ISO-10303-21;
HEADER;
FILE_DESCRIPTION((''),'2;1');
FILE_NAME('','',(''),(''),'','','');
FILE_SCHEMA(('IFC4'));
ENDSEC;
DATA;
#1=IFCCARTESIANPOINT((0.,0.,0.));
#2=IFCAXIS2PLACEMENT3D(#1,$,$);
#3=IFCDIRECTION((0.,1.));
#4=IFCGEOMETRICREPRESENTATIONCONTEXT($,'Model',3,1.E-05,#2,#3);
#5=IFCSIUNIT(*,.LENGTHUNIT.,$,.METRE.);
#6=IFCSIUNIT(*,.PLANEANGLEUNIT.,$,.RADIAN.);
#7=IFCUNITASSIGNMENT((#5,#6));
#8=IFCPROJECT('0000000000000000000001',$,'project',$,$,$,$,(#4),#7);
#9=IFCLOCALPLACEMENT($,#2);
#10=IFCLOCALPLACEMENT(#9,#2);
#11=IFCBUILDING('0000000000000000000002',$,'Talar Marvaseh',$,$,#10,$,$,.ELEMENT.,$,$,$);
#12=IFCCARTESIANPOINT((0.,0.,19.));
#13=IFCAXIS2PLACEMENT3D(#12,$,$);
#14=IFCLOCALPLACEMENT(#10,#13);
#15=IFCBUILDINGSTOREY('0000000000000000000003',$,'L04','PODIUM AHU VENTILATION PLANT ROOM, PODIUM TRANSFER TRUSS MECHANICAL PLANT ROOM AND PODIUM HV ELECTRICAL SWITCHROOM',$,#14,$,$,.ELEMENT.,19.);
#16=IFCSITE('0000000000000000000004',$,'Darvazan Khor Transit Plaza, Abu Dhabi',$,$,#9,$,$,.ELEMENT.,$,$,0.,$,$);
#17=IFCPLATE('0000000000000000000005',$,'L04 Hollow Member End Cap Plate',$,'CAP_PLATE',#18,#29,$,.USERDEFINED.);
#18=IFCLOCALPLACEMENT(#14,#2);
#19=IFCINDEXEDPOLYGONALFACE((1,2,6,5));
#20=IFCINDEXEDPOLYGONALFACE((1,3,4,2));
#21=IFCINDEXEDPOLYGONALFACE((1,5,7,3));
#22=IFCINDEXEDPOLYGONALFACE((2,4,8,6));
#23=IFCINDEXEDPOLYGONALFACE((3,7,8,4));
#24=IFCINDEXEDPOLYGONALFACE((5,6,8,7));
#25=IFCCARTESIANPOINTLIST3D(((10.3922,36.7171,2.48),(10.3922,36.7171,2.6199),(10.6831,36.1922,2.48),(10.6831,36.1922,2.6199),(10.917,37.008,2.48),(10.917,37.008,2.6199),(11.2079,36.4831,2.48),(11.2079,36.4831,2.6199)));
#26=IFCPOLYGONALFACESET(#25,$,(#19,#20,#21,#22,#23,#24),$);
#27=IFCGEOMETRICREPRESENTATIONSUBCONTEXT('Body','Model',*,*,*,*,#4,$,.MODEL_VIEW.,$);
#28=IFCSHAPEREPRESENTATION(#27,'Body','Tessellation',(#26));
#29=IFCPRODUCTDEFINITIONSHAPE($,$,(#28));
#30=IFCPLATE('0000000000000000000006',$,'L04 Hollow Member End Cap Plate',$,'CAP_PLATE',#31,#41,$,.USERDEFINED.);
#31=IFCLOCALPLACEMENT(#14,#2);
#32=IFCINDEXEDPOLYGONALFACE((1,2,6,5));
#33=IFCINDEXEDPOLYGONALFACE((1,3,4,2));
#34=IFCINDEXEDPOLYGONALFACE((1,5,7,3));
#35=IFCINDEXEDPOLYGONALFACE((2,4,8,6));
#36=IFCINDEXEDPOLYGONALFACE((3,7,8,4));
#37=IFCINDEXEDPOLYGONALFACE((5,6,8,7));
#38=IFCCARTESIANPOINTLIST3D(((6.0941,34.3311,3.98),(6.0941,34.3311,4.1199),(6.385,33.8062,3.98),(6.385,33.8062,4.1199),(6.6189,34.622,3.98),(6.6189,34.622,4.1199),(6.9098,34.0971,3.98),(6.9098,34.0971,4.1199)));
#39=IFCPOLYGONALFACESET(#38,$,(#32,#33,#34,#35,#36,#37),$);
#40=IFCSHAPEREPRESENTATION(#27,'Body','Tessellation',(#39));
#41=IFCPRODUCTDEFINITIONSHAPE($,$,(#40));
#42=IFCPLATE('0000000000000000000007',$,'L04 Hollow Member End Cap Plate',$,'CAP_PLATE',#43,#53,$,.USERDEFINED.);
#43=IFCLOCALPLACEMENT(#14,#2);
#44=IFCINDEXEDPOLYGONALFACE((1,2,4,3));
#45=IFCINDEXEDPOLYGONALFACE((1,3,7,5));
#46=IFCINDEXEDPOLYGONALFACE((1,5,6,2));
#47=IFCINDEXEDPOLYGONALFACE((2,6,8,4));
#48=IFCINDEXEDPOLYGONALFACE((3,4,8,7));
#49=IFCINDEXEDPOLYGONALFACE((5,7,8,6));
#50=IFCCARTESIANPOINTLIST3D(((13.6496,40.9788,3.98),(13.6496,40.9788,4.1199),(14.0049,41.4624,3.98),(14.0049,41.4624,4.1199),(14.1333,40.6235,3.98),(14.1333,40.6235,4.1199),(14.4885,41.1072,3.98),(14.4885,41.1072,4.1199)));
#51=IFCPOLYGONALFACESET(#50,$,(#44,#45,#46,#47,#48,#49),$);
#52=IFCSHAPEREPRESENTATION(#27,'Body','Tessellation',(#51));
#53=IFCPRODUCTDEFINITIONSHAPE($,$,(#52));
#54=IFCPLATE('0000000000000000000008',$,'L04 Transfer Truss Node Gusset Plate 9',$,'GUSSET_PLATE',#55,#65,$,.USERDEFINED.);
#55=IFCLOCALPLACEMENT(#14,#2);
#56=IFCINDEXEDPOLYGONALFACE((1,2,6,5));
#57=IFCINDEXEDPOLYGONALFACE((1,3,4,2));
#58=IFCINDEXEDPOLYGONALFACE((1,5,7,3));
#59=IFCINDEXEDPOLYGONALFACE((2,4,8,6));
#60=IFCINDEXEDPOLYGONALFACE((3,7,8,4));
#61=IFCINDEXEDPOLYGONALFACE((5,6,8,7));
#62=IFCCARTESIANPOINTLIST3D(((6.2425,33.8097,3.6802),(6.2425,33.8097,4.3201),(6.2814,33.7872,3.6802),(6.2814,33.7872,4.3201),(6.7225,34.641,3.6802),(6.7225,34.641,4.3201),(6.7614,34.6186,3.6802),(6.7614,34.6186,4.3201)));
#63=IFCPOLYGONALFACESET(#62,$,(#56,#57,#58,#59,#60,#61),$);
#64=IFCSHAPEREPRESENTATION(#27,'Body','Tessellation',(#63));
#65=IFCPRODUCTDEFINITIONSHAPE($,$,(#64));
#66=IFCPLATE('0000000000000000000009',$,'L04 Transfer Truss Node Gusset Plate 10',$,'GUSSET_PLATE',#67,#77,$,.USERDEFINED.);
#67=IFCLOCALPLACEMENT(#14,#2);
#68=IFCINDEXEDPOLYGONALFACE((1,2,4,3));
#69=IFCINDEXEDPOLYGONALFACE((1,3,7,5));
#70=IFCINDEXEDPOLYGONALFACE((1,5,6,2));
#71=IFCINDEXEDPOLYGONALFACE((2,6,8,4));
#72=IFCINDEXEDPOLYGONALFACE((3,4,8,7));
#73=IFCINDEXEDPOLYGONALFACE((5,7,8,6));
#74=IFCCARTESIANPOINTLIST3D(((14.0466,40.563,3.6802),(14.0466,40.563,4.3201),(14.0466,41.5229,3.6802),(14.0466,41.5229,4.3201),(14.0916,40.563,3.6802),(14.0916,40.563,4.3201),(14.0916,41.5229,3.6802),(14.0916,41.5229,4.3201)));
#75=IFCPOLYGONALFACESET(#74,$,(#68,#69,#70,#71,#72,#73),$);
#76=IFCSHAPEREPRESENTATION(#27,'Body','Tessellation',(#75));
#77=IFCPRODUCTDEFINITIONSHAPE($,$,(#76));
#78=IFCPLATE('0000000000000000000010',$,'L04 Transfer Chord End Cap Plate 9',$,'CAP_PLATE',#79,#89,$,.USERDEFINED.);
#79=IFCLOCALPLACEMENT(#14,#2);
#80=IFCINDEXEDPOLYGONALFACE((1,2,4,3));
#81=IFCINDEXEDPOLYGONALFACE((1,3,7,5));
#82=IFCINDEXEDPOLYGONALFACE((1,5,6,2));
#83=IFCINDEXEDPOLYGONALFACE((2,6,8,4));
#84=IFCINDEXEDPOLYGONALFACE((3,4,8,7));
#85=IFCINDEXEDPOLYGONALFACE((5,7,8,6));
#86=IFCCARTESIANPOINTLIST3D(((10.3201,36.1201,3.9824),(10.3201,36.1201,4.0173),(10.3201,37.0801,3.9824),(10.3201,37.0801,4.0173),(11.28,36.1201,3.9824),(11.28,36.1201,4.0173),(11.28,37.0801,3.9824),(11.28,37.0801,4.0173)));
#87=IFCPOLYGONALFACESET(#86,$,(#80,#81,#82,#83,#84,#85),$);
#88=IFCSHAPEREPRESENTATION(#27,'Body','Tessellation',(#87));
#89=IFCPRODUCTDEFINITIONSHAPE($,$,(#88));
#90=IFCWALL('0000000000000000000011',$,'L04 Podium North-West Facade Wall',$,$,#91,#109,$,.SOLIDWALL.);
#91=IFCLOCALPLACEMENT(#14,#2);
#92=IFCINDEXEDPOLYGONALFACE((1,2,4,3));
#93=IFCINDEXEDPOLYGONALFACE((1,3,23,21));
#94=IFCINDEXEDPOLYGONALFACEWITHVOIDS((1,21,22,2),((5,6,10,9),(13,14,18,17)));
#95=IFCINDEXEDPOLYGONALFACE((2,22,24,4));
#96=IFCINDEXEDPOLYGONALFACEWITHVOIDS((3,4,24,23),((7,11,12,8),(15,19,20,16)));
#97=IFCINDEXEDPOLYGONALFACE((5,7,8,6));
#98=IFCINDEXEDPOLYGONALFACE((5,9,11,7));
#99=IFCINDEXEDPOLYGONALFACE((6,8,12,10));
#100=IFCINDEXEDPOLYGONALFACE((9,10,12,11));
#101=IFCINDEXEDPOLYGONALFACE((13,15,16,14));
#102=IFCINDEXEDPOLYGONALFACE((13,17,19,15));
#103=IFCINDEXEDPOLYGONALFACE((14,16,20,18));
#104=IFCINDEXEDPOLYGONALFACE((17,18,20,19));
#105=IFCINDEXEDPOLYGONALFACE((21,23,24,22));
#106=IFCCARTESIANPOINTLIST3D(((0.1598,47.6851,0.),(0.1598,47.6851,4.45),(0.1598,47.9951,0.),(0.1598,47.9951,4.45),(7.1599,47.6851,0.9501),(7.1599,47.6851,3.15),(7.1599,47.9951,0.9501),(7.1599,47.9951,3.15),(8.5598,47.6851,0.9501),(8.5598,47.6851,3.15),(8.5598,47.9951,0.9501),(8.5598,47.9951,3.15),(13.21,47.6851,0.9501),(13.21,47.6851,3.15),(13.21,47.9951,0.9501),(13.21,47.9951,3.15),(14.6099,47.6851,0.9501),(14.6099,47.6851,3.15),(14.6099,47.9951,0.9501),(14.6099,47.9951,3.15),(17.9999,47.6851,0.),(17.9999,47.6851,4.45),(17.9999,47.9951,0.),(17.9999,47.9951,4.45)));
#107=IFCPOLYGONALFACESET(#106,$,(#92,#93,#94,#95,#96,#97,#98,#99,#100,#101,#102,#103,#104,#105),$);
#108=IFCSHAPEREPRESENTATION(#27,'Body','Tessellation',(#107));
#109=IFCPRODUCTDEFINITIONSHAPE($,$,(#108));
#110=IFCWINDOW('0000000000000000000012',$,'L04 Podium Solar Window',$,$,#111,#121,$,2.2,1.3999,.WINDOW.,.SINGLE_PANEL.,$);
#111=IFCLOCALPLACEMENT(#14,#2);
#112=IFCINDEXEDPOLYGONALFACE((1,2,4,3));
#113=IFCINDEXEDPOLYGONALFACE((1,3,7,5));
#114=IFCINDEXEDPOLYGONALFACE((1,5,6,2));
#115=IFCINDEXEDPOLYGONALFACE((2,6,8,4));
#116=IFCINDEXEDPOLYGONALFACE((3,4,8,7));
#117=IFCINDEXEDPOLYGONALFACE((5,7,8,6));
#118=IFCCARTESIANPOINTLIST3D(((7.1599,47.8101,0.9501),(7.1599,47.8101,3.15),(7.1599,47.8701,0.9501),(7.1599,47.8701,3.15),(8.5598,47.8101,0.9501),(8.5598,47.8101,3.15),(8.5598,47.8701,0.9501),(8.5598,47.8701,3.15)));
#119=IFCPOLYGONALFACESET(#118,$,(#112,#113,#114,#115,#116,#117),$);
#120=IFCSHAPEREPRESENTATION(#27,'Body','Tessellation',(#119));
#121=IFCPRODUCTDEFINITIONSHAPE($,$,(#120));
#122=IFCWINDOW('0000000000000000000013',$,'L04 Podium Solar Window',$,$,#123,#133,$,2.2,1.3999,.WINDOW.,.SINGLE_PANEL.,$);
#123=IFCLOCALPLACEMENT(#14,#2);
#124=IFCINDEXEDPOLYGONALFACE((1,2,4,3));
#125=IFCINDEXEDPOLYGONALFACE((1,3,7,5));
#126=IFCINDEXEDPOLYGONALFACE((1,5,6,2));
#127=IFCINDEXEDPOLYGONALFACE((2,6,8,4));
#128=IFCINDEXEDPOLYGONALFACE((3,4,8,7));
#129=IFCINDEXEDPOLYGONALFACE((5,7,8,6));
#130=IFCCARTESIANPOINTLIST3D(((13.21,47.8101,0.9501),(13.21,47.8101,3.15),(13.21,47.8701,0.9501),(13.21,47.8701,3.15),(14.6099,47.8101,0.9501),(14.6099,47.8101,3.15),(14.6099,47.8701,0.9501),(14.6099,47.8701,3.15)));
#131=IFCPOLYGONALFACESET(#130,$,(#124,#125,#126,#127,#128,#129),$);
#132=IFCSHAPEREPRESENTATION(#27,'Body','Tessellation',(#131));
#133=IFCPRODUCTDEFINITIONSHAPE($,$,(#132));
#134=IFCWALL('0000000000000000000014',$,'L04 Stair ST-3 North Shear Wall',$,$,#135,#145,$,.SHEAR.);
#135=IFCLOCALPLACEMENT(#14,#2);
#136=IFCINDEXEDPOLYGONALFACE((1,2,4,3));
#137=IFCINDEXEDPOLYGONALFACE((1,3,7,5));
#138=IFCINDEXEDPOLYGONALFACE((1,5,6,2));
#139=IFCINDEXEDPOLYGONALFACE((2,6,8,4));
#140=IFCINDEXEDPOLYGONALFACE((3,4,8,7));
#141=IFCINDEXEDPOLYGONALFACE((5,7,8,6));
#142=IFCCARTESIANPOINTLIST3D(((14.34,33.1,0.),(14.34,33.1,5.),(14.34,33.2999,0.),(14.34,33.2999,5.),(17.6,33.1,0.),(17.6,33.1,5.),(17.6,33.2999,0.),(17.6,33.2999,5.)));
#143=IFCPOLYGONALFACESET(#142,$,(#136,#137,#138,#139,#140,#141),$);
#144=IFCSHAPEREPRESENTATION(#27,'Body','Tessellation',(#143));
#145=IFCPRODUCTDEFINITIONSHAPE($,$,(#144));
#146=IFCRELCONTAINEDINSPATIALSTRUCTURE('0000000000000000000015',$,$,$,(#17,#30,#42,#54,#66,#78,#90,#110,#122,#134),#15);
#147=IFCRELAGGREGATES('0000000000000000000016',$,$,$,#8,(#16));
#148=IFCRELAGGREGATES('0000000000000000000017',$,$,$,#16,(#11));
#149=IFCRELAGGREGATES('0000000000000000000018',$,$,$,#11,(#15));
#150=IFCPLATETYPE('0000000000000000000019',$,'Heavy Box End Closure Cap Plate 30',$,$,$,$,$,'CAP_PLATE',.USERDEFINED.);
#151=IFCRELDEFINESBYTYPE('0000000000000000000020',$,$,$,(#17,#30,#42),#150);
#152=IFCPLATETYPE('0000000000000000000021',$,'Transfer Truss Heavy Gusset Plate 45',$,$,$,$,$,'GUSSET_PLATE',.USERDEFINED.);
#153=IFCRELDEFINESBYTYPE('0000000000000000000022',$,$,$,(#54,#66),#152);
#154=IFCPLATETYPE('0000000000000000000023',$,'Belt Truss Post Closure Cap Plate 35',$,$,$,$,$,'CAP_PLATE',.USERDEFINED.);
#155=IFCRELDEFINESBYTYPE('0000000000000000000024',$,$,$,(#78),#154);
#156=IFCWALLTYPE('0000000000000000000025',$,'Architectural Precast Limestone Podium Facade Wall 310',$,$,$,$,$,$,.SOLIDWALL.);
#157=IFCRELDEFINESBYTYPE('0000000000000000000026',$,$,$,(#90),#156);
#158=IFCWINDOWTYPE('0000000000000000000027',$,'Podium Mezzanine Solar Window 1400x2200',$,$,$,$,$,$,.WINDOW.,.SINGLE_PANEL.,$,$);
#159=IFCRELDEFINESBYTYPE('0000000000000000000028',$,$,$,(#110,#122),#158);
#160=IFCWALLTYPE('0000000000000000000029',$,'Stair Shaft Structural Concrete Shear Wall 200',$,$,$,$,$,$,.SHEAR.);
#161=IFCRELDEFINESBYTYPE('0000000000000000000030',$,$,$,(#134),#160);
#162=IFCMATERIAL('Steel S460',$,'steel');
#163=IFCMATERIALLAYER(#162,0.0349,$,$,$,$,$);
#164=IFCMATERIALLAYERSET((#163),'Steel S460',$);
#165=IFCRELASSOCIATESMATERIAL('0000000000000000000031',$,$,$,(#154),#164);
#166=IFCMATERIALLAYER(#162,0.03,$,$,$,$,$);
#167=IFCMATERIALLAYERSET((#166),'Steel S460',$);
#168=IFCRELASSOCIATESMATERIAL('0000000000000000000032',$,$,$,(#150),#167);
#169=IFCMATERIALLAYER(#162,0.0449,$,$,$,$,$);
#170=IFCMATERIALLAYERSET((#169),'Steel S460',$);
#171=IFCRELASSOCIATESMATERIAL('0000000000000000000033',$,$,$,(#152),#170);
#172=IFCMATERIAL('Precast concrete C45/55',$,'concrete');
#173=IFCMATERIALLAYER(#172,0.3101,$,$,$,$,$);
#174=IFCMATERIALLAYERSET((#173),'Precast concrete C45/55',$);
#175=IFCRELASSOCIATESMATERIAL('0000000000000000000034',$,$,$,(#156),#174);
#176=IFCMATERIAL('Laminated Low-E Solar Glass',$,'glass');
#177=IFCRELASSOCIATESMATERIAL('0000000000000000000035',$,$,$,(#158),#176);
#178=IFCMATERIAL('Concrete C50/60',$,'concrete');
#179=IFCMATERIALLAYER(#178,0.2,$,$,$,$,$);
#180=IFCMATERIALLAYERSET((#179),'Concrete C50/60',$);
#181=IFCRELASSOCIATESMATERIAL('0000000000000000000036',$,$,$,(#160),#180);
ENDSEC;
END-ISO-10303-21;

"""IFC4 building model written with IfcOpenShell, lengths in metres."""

from ifc_helpers import new_model, si_unit, direction, frame, frame_2d, origin, origin_2d, place, context, subcontext, project, spatial, rectangle, extrude, source, transform, mapped, material, layer, layer_set, type_object, type_shapes, element, fill, save


model = new_model("IFC4")

# Units and contexts
model_context = context("Model", 3, precision=1e-05, world=origin(), true_north=direction((0.0, 1.0)))
body_context = subcontext(model_context, "Body", "Model", "MODEL_VIEW")
ifc_project = project(units=[si_unit("LENGTHUNIT", "METRE"), si_unit("PLANEANGLEUNIT", "RADIAN")], contexts=[model_context])

# Site, building, storey
site_placement = place(None, origin())
site = spatial("IfcSite", under=ifc_project, at=site_placement, Name="Darvazan Khor Transit Plaza, Abu Dhabi", CompositionType="ELEMENT", RefElevation=0.0)
building_placement = place(site_placement, origin())
building = spatial("IfcBuilding", under=site, at=building_placement, Name="Talar Marvaseh", CompositionType="ELEMENT")
storey_placement = place(building_placement, frame((0.0, 0.0, 19.0)))
storey = spatial("IfcBuildingStorey", under=building, at=storey_placement, Name="L04", Description="PODIUM AHU VENTILATION PLANT ROOM, PODIUM TRANSFER TRUSS MECHANICAL PLANT ROOM AND PODIUM HV ELECTRICAL SWITCHROOM", CompositionType="ELEMENT", Elevation=19.0)

# Shared definitions
ifc_material_1 = material(Name="Concrete C50/60", Category="concrete")
ifc_material_2 = material(Name="Steel S460", Category="steel")

# Plates
ifc_layer_1 = layer(ifc_material_2, 0.0349)
ifc_layer_set_1 = layer_set([ifc_layer_1], Name="Steel S460")
plate_type_1 = type_object("IfcPlateType", Name="Belt Truss Post Closure Cap Plate 35", ElementType="CAP_PLATE", PredefinedType="USERDEFINED", material=ifc_layer_set_1)
ifc_layer_2 = layer(ifc_material_2, 0.03)
ifc_layer_set_2 = layer_set([ifc_layer_2], Name="Steel S460")
plate_type_2 = type_object("IfcPlateType", Name="Heavy Box End Closure Cap Plate 30", ElementType="CAP_PLATE", PredefinedType="USERDEFINED", material=ifc_layer_set_2)
shared_shape_1 = source(origin(), body_context, "Body", "SweptSolid", [
    extrude(rectangle(XDim=0.6001, YDim=0.6001, at=origin_2d()), origin(), (0.0, 0.0, 1.0), 0.1399),
])
type_shapes(plate_type_2, [shared_shape_1])
for number, where, z_axis, x_axis, name in (
    (1, (10.8, 36.6001, 2.48), (0.0, 0.0, 1.0), (-0.87462, -0.48481, 0.0), "L04 Hollow Member End Cap Plate"),
    (2, (6.502, 34.2141, 3.98), (0.0, 0.0, 1.0), (-0.87462, -0.48481, 0.0), "L04 Hollow Member End Cap Plate"),
    (3, (14.0691, 41.043, 3.98), (0.0, 0.0, 1.0), (0.592013, 0.805928, 0.0), "L04 Hollow Member End Cap Plate"),
):
    element("IfcPlate", number, at=place(storey_placement, frame(where, z_axis=z_axis, x_axis=x_axis)), inside=storey, type_object=plate_type_2, Name=name, ObjectType="CAP_PLATE", PredefinedType="USERDEFINED", context=body_context, shape_type="MappedRepresentation", body=[
        mapped(shared_shape_1, transform((0.0, 0.0, 0.0), x_axis=(1.0, 0.0, 0.0), y_axis=(0.0, 1.0, 0.0), z_axis=(0.0, 0.0, 1.0), scale=1.0)),
    ])
ifc_layer_3 = layer(ifc_material_2, 0.0449)
ifc_layer_set_3 = layer_set([ifc_layer_3], Name="Steel S460")
plate_type_3 = type_object("IfcPlateType", Name="Transfer Truss Heavy Gusset Plate 45", ElementType="GUSSET_PLATE", PredefinedType="USERDEFINED", material=ifc_layer_set_3)
shared_shape_2 = source(origin(), body_context, "Body", "SweptSolid", [
    extrude(rectangle(XDim=0.96, YDim=0.0449, at=origin_2d()), origin(), (0.0, 0.0, 1.0), 0.6399),
])
type_shapes(plate_type_3, [shared_shape_2])
for number, where, z_axis, x_axis, name in (
    (4, (6.502, 34.2141, 3.6802), (0.0, 0.0, 1.0), (-0.5, -0.866025, 0.0), "L04 Transfer Truss Node Gusset Plate 9"),
    (5, (14.0691, 41.043, 3.6802), (0.0, 0.0, 1.0), (0.0, -1.0, 0.0), "L04 Transfer Truss Node Gusset Plate 10"),
):
    element("IfcPlate", number, at=place(storey_placement, frame(where, z_axis=z_axis, x_axis=x_axis)), inside=storey, type_object=plate_type_3, Name=name, ObjectType="GUSSET_PLATE", PredefinedType="USERDEFINED", context=body_context, shape_type="MappedRepresentation", body=[
        mapped(shared_shape_2, transform((0.0, 0.0, 0.0), x_axis=(1.0, 0.0, 0.0), y_axis=(0.0, 1.0, 0.0), z_axis=(0.0, 0.0, 1.0), scale=1.0)),
    ])
shared_shape_3 = source(origin(), body_context, "Body", "SweptSolid", [
    extrude(rectangle(XDim=0.96, YDim=0.96, at=origin_2d()), origin(), (0.0, 0.0, 1.0), 0.0349),
])
plate_placement = place(storey_placement, frame((10.8, 36.6001, 3.9824), z_axis=(0.0, 0.0, 1.0), x_axis=(1.0, 0.0, 0.0)))
element("IfcPlate", 6, at=plate_placement, inside=storey, type_object=plate_type_1, Name="L04 Transfer Chord End Cap Plate 9", ObjectType="CAP_PLATE", PredefinedType="USERDEFINED", context=body_context, shape_type="MappedRepresentation", body=[
    mapped(shared_shape_3, transform((0.0, 0.0, 0.0), x_axis=(1.0, 0.0, 0.0), y_axis=(0.0, 1.0, 0.0), z_axis=(0.0, 0.0, 1.0), scale=1.0)),
])

# Wall, openings, windows
ifc_material_3 = material(Name="Precast concrete C45/55", Category="concrete")
ifc_layer_4 = layer(ifc_material_3, 0.3101)
ifc_layer_set_4 = layer_set([ifc_layer_4], Name="Precast concrete C45/55")
wall_type_1 = type_object("IfcWallType", Name="Architectural Precast Limestone Podium Facade Wall 310", PredefinedType="SOLIDWALL", material=ifc_layer_set_4)
wall_1_placement = place(storey_placement, frame((0.1599, 47.8401, 0.0), z_axis=(0.0, 0.0, 1.0), x_axis=(1.0, 0.0, 0.0)))
wall_1 = element("IfcWall", 7, at=wall_1_placement, inside=storey, type_object=wall_type_1, Name="L04 Podium North-West Facade Wall", PredefinedType="SOLIDWALL", context=body_context, shape_type="SweptSolid", body=[
    extrude(rectangle(XDim=17.8401, YDim=0.3101, at=frame_2d((8.9199, 0.0))), origin(), (0.0, 0.0, 1.0), 4.45),
])
opening_1_placement = place(wall_1_placement, frame((7.0, 0.0, 0.95)))
opening_1 = element("IfcOpeningElement", 8, at=opening_1_placement, cuts=wall_1, PredefinedType="OPENING", context=body_context, shape_type="SweptSolid", body=[
    extrude(rectangle(XDim=1.3999, YDim=2.2, at=frame_2d((0.7, 1.1001))), frame((0.0, 0.165, 0.0), z_axis=(0.0, -1.0, 0.0), x_axis=(1.0, 0.0, 0.0)), (0.0, 0.0, 1.0), 0.3301),
])
opening_2_placement = place(wall_1_placement, frame((13.05, 0.0, 0.95)))
opening_2 = element("IfcOpeningElement", 9, at=opening_2_placement, cuts=wall_1, PredefinedType="OPENING", context=body_context, shape_type="SweptSolid", body=[
    extrude(rectangle(XDim=1.3999, YDim=2.2, at=frame_2d((0.7, 1.1001))), frame((0.0, 0.165, 0.0), z_axis=(0.0, -1.0, 0.0), x_axis=(1.0, 0.0, 0.0)), (0.0, 0.0, 1.0), 0.3301),
])
ifc_material_4 = material(Name="Laminated Low-E Solar Glass", Category="glass")
window_type = type_object("IfcWindowType", Name="Podium Mezzanine Solar Window 1400x2200", PartitioningType="SINGLE_PANEL", PredefinedType="WINDOW", material=ifc_material_4)
shared_shape_4 = source(origin(), body_context, "Body", "SweptSolid", [
    extrude(rectangle(XDim=1.3999, YDim=2.2, at=frame_2d((0.7, 1.1001))), frame((0.0, 0.03, 0.0), z_axis=(0.0, -1.0, 0.0), x_axis=(1.0, 0.0, 0.0)), (0.0, 0.0, 1.0), 0.0601),
])
type_shapes(window_type, [shared_shape_4])
window_1_placement = place(opening_1_placement, origin())
window_1 = element("IfcWindow", 10, at=window_1_placement, inside=storey, type_object=window_type, Name="L04 Podium Solar Window", OverallHeight=2.2, OverallWidth=1.3999, PartitioningType="SINGLE_PANEL", PredefinedType="WINDOW", context=body_context, shape_type="MappedRepresentation", body=[
    mapped(shared_shape_4, transform((0.0, 0.0, 0.0), x_axis=(1.0, 0.0, 0.0), y_axis=(0.0, 1.0, 0.0), z_axis=(0.0, 0.0, 1.0), scale=1.0)),
])
fill(opening_1, window_1)
window_2_placement = place(opening_2_placement, origin())
window_2 = element("IfcWindow", 11, at=window_2_placement, inside=storey, type_object=window_type, Name="L04 Podium Solar Window", OverallHeight=2.2, OverallWidth=1.3999, PartitioningType="SINGLE_PANEL", PredefinedType="WINDOW", context=body_context, shape_type="MappedRepresentation", body=[
    mapped(shared_shape_4, transform((0.0, 0.0, 0.0), x_axis=(1.0, 0.0, 0.0), y_axis=(0.0, 1.0, 0.0), z_axis=(0.0, 0.0, 1.0), scale=1.0)),
])
fill(opening_2, window_2)

# Wall
ifc_layer_5 = layer(ifc_material_1, 0.2)
ifc_layer_set_5 = layer_set([ifc_layer_5], Name="Concrete C50/60")
wall_type_2 = type_object("IfcWallType", Name="Stair Shaft Structural Concrete Shear Wall 200", PredefinedType="SHEAR", material=ifc_layer_set_5)
wall_2_placement = place(storey_placement, frame((14.3401, 33.2, 0.0), z_axis=(0.0, 0.0, 1.0), x_axis=(1.0, 0.0, 0.0)))
element("IfcWall", 12, at=wall_2_placement, inside=storey, type_object=wall_type_2, Name="L04 Stair ST-3 North Shear Wall", PredefinedType="SHEAR", context=body_context, shape_type="SweptSolid", body=[
    extrude(rectangle(XDim=3.26, YDim=0.2, at=frame_2d((1.6299, 0.0))), origin(), (0.0, 0.0, 1.0), 5.0),
])

save(model, "model.ifc")
